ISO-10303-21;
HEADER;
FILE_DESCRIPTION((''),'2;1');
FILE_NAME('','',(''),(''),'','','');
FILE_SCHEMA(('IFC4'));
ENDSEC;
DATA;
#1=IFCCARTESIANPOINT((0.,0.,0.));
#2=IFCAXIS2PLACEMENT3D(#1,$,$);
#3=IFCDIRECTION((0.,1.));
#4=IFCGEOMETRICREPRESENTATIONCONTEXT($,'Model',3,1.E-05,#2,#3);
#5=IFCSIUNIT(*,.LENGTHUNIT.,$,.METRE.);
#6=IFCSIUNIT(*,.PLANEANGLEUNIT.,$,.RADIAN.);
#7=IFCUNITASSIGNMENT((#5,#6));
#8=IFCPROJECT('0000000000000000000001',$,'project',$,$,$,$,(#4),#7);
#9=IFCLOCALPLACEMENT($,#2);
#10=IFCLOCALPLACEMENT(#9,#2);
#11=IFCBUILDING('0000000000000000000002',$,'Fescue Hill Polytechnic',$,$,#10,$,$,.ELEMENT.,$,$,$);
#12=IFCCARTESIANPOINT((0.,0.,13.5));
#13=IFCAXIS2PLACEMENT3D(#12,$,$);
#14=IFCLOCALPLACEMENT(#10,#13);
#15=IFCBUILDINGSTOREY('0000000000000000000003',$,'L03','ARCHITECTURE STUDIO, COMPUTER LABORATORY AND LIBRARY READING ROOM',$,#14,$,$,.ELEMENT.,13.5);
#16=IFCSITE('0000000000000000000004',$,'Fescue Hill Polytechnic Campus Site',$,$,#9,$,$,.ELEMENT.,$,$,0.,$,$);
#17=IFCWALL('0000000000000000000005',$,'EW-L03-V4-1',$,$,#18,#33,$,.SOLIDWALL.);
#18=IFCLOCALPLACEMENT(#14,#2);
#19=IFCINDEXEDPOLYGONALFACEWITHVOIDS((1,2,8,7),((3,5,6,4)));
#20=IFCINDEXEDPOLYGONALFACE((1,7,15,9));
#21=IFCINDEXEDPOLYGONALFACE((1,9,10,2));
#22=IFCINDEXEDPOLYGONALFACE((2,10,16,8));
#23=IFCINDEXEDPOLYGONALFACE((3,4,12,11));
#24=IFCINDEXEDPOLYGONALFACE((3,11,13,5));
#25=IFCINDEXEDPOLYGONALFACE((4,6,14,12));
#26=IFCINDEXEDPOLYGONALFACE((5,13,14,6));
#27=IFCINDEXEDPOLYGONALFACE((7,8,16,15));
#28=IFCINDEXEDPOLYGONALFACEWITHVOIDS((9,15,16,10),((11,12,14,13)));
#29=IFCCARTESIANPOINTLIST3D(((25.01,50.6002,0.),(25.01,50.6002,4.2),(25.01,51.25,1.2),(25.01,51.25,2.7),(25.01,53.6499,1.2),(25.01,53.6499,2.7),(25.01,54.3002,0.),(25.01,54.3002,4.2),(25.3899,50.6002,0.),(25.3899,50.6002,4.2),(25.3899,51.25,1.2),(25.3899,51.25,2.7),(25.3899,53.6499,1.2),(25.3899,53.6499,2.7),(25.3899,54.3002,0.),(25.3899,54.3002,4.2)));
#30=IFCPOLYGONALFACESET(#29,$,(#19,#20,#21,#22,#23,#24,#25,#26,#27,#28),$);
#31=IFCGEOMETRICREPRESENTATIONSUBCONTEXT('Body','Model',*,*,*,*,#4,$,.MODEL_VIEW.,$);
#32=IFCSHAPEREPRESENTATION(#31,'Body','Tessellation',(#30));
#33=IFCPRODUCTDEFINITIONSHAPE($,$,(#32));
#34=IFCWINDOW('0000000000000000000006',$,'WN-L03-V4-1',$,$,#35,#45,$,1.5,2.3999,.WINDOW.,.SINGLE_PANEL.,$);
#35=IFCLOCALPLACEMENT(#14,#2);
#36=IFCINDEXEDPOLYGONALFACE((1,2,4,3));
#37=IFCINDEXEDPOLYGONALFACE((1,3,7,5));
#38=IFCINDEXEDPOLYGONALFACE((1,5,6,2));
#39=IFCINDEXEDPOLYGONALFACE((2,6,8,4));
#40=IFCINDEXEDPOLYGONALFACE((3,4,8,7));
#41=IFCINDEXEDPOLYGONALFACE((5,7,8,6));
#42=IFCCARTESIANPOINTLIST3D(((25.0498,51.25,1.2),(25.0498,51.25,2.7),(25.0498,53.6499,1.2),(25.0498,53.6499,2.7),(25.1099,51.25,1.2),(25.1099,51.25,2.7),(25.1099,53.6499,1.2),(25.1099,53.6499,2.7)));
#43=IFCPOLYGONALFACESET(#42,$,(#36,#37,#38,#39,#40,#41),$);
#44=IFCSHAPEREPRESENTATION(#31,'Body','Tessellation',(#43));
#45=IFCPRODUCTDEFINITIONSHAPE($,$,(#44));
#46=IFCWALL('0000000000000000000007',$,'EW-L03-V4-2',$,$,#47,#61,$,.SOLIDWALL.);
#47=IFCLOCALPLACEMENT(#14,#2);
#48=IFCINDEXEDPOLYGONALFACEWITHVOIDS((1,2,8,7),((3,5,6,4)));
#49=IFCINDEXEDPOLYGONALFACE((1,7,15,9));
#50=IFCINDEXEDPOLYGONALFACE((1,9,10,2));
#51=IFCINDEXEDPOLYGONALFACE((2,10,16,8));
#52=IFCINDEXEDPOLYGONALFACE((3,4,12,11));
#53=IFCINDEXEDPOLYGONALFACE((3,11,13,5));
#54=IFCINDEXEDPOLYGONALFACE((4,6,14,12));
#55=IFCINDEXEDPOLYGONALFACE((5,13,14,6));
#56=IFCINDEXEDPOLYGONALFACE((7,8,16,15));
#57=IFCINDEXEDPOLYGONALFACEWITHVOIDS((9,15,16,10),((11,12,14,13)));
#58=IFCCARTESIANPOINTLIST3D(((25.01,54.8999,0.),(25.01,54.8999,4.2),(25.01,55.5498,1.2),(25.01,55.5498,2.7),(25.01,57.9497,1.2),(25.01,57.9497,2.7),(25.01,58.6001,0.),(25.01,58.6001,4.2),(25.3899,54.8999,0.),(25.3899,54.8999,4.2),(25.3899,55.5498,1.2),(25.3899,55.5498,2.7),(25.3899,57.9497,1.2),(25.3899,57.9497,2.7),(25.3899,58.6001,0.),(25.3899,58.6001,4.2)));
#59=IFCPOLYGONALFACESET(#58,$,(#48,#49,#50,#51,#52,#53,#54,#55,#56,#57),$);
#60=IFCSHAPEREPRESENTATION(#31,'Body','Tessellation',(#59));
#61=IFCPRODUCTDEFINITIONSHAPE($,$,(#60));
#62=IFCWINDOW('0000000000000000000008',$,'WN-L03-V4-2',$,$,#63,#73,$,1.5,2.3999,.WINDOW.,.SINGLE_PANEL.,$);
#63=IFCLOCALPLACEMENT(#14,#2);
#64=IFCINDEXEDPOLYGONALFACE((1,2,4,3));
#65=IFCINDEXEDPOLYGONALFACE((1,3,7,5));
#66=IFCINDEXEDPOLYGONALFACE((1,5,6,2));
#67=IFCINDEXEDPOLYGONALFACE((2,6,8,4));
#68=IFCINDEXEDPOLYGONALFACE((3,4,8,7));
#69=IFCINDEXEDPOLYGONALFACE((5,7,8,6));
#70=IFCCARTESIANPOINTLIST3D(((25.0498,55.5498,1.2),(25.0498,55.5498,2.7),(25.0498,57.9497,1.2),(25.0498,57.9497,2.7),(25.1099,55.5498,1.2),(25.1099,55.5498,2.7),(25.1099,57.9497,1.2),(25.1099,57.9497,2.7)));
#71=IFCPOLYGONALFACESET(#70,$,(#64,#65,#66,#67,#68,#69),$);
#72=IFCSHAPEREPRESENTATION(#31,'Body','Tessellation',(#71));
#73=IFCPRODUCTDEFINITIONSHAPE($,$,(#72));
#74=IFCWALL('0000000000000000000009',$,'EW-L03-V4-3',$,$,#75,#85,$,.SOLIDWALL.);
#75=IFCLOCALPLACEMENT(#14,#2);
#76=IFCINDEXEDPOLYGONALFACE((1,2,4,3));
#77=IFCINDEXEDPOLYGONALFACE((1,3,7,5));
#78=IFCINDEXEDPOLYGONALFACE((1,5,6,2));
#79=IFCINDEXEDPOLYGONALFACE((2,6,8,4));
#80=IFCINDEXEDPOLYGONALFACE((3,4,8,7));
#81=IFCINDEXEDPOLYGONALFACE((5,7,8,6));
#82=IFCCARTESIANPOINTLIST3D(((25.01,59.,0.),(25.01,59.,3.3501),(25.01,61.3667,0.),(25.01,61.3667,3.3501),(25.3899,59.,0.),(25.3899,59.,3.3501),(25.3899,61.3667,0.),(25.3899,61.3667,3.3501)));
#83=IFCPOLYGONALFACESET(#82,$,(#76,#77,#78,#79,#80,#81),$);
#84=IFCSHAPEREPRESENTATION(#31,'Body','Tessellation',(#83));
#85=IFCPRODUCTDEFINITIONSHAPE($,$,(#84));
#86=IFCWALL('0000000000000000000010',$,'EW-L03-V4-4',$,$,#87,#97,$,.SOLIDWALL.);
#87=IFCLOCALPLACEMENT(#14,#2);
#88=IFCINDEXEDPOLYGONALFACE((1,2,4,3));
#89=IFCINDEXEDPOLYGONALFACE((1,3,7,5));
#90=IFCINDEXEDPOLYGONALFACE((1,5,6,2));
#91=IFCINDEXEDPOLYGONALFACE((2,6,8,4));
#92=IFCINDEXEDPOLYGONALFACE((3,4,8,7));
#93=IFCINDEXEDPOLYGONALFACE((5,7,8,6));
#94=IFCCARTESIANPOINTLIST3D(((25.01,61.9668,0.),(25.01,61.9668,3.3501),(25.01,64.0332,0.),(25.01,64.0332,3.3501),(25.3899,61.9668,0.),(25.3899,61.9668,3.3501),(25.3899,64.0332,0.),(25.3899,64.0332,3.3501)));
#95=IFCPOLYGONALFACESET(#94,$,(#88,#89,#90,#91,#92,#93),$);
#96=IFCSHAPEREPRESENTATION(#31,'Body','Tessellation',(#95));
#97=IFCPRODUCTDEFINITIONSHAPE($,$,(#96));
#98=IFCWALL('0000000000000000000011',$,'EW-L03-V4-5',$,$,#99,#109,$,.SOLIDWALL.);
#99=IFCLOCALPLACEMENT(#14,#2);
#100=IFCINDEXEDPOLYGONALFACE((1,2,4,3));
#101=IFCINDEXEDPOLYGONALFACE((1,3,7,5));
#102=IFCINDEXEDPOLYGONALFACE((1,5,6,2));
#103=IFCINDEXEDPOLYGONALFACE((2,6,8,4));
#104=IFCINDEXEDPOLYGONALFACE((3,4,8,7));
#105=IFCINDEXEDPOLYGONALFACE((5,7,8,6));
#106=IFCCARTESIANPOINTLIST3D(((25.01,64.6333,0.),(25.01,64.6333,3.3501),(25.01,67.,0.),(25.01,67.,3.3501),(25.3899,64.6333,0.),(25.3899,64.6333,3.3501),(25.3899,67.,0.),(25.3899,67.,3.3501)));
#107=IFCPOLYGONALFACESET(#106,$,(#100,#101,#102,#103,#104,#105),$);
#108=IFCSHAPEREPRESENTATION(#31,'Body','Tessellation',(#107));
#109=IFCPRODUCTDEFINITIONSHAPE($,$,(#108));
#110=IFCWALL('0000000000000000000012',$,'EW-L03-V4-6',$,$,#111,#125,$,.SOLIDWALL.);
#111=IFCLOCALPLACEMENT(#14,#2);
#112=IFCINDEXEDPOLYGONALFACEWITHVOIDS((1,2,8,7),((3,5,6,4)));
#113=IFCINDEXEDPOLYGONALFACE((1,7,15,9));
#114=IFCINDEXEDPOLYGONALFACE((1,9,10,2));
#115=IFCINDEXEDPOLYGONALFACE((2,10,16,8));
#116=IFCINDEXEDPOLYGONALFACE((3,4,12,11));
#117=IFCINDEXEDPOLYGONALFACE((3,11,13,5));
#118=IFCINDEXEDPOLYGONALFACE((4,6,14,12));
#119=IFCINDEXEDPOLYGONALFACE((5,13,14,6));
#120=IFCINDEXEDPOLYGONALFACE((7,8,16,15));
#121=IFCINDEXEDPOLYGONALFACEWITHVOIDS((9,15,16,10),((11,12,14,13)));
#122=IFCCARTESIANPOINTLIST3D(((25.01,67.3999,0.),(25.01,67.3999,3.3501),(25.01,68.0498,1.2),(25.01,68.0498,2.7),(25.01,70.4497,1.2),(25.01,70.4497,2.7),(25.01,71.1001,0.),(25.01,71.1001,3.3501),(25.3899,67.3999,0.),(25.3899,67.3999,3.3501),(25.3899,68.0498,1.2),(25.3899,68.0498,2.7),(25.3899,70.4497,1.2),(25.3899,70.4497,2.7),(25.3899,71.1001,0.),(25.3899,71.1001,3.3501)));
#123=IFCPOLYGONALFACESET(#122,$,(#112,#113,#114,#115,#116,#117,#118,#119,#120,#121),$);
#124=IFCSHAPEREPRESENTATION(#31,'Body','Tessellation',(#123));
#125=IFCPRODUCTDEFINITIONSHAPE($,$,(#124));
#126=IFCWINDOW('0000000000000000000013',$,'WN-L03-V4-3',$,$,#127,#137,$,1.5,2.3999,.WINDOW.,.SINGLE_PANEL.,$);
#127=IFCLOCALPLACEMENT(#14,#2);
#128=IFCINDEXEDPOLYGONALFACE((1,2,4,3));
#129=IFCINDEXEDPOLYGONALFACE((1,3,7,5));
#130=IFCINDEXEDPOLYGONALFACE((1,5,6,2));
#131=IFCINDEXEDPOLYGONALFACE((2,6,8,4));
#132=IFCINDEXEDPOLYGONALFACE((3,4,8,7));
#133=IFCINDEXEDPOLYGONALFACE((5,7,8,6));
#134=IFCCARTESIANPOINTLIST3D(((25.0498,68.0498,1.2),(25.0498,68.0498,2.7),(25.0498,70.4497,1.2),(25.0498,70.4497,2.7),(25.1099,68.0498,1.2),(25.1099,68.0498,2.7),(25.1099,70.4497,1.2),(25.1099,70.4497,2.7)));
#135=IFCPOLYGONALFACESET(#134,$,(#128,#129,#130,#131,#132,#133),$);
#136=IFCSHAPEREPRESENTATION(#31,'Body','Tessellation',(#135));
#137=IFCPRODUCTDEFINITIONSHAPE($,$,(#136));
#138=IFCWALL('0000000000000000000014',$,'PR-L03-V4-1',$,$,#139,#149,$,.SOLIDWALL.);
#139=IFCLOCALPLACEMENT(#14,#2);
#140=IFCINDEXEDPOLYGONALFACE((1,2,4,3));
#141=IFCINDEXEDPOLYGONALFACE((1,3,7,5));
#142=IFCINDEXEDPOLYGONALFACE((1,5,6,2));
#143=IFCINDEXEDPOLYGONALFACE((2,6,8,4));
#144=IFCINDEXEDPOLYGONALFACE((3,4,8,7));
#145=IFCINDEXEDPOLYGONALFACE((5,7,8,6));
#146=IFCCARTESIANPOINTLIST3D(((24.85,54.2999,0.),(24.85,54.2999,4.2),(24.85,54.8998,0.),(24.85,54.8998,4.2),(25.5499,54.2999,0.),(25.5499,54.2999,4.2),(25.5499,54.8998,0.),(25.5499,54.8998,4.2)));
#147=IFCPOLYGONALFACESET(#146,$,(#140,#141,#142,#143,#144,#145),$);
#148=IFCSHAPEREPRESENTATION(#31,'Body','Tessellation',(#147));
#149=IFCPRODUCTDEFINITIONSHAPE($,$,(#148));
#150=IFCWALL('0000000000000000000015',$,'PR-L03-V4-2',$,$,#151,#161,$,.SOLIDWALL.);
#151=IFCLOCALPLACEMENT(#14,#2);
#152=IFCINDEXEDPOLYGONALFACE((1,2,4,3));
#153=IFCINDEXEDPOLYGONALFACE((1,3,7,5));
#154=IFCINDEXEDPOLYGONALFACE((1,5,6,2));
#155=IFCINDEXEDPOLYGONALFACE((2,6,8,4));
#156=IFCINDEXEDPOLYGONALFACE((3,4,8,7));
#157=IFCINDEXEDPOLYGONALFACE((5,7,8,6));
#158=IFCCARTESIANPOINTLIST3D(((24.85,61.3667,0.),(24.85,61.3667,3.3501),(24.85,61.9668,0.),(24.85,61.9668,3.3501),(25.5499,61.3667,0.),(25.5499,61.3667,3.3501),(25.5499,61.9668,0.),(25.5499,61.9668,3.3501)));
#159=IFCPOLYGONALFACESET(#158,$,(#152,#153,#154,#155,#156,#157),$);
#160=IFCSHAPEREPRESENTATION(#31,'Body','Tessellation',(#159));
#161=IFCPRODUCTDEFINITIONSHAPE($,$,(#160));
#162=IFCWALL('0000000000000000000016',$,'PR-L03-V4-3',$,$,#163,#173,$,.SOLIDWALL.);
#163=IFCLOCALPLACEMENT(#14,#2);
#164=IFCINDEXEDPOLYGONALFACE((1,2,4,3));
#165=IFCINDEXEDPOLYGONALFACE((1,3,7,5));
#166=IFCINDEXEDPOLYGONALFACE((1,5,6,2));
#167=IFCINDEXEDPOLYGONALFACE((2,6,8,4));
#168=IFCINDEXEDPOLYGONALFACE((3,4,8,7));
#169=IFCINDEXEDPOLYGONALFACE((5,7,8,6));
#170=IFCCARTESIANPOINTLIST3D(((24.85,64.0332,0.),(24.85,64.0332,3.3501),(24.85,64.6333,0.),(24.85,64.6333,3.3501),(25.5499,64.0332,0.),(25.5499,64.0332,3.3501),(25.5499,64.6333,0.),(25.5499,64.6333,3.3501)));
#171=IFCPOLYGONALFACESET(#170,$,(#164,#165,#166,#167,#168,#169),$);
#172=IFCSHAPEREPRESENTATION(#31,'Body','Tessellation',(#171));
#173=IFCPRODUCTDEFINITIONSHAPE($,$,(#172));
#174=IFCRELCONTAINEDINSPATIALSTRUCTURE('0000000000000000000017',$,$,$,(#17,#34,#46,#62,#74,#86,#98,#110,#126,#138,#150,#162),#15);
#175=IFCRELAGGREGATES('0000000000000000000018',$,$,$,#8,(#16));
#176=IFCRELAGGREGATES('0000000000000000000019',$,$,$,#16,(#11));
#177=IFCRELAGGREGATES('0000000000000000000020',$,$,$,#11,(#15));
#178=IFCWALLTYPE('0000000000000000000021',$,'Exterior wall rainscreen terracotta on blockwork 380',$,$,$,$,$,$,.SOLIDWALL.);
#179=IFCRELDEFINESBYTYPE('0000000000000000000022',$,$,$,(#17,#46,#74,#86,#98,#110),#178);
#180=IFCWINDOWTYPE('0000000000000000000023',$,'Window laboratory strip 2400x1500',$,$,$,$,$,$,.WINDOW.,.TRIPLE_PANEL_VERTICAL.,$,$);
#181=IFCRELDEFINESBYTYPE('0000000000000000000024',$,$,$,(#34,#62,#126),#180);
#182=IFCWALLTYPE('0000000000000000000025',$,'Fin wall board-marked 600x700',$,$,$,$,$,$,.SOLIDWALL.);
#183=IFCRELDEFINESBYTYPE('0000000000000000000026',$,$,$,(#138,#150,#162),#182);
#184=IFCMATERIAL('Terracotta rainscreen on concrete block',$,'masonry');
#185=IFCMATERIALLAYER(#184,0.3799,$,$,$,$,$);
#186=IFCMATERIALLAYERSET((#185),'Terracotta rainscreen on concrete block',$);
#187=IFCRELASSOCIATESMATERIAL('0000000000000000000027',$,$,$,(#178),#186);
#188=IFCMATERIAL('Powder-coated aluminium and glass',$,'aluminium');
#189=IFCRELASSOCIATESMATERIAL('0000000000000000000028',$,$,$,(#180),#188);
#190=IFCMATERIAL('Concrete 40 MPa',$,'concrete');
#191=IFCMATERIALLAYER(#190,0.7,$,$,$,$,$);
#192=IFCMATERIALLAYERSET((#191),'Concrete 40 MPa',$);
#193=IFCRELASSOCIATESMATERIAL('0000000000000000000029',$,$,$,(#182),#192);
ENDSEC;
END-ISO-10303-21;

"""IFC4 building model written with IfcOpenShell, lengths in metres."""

from ifc_helpers import new_model, si_unit, direction, frame, frame_2d, origin, place, context, subcontext, project, spatial, rectangle, extrude, material, layer, layer_set, type_object, element, fill, save


model = new_model("IFC4")

# Units and contexts
model_context = context("Model", 3, precision=1e-05, world=origin(), true_north=direction((0.0, 1.0)))
body_context = subcontext(model_context, "Body", "Model", "MODEL_VIEW")
ifc_project = project(units=[si_unit("LENGTHUNIT", "METRE"), si_unit("PLANEANGLEUNIT", "RADIAN")], contexts=[model_context])

# Site, building, storey
site_placement = place(None, origin())
site = spatial("IfcSite", under=ifc_project, at=site_placement, Name="Fescue Hill Polytechnic Campus Site", CompositionType="ELEMENT", RefElevation=0.0)
building_placement = place(site_placement, origin())
building = spatial("IfcBuilding", under=site, at=building_placement, Name="Fescue Hill Polytechnic", CompositionType="ELEMENT")
storey_placement = place(building_placement, frame((0.0, 0.0, 13.5)))
storey = spatial("IfcBuildingStorey", under=building, at=storey_placement, Name="L03", Description="ARCHITECTURE STUDIO, COMPUTER LABORATORY AND LIBRARY READING ROOM", CompositionType="ELEMENT", Elevation=13.5)

# Shared definitions
ifc_material_1 = material(Name="Concrete 40 MPa", Category="concrete")

# Walls, openings, windows
ifc_material_2 = material(Name="Terracotta rainscreen on concrete block", Category="masonry")
ifc_layer_1 = layer(ifc_material_2, 0.3799)
ifc_layer_set_1 = layer_set([ifc_layer_1], Name="Terracotta rainscreen on concrete block")
wall_type_1 = type_object("IfcWallType", Name="Exterior wall rainscreen terracotta on blockwork 380", PredefinedType="SOLIDWALL", material=ifc_layer_set_1)
wall_1_placement = place(storey_placement, frame((25.2, 50.6001, 0.0), z_axis=(0.0, 0.0, 1.0), x_axis=(0.0, 1.0, 0.0)))
wall_1 = element("IfcWall", 1, at=wall_1_placement, inside=storey, type_object=wall_type_1, Name="EW-L03-V4-1", PredefinedType="SOLIDWALL", context=body_context, shape_type="SweptSolid", body=[
    extrude(rectangle(XDim=3.7, YDim=0.3799, at=frame_2d((1.8501, 0.0))), origin(), (0.0, 0.0, 1.0), 4.2),
])
opening_1_placement = place(wall_1_placement, frame((0.6499, 0.0, 1.2)))
opening_1 = element("IfcOpeningElement", 2, at=opening_1_placement, cuts=wall_1, PredefinedType="OPENING", context=body_context, shape_type="SweptSolid", body=[
    extrude(rectangle(XDim=2.3999, YDim=1.5, at=frame_2d((1.2, 0.75))), frame((0.0, 0.2, 0.0), z_axis=(0.0, -1.0, 0.0), x_axis=(1.0, 0.0, 0.0)), (0.0, 0.0, 1.0), 0.3999),
])
ifc_material_3 = material(Name="Powder-coated aluminium and glass", Category="aluminium")
window_type = type_object("IfcWindowType", Name="Window laboratory strip 2400x1500", PartitioningType="TRIPLE_PANEL_VERTICAL", PredefinedType="WINDOW", material=ifc_material_3)
window_1_placement = place(opening_1_placement, origin())
window_1 = element("IfcWindow", 3, at=window_1_placement, inside=storey, type_object=window_type, Name="WN-L03-V4-1", OverallHeight=1.5, OverallWidth=2.3999, PartitioningType="SINGLE_PANEL", PredefinedType="WINDOW", context=body_context, shape_type="SweptSolid", body=[
    extrude(rectangle(XDim=2.3999, YDim=1.5, at=frame_2d((1.2, 0.75))), frame((0.0, 0.1501, 0.0), z_axis=(0.0, -1.0, 0.0), x_axis=(1.0, 0.0, 0.0)), (0.0, 0.0, 1.0), 0.0601),
])
fill(opening_1, window_1)
wall_2_placement = place(storey_placement, frame((25.2, 54.8999, 0.0), z_axis=(0.0, 0.0, 1.0), x_axis=(0.0, 1.0, 0.0)))
wall_2 = element("IfcWall", 4, at=wall_2_placement, inside=storey, type_object=wall_type_1, Name="EW-L03-V4-2", PredefinedType="SOLIDWALL", context=body_context, shape_type="SweptSolid", body=[
    extrude(rectangle(XDim=3.7002, YDim=0.3799, at=frame_2d((1.8501, 0.0))), origin(), (0.0, 0.0, 1.0), 4.2),
])
opening_2_placement = place(wall_2_placement, frame((0.6499, 0.0, 1.2)))
opening_2 = element("IfcOpeningElement", 5, at=opening_2_placement, cuts=wall_2, PredefinedType="OPENING", context=body_context, shape_type="SweptSolid", body=[
    extrude(rectangle(XDim=2.3999, YDim=1.5, at=frame_2d((1.2, 0.75))), frame((0.0, 0.2, 0.0), z_axis=(0.0, -1.0, 0.0), x_axis=(1.0, 0.0, 0.0)), (0.0, 0.0, 1.0), 0.3999),
])
window_2_placement = place(opening_2_placement, origin())
window_2 = element("IfcWindow", 6, at=window_2_placement, inside=storey, type_object=window_type, Name="WN-L03-V4-2", OverallHeight=1.5, OverallWidth=2.3999, PartitioningType="SINGLE_PANEL", PredefinedType="WINDOW", context=body_context, shape_type="SweptSolid", body=[
    extrude(rectangle(XDim=2.3999, YDim=1.5, at=frame_2d((1.2, 0.75))), frame((0.0, 0.1501, 0.0), z_axis=(0.0, -1.0, 0.0), x_axis=(1.0, 0.0, 0.0)), (0.0, 0.0, 1.0), 0.0601),
])
fill(opening_2, window_2)

# Walls
wall_3_placement = place(storey_placement, frame((25.2, 59.0, 0.0), z_axis=(0.0, 0.0, 1.0), x_axis=(0.0, 1.0, 0.0)))
element("IfcWall", 7, at=wall_3_placement, inside=storey, type_object=wall_type_1, Name="EW-L03-V4-3", PredefinedType="SOLIDWALL", context=body_context, shape_type="SweptSolid", body=[
    extrude(rectangle(XDim=2.3667, YDim=0.3799, at=frame_2d((1.1833, 0.0))), origin(), (0.0, 0.0, 1.0), 3.3501),
])
wall_4_placement = place(storey_placement, frame((25.2, 61.9668, 0.0), z_axis=(0.0, 0.0, 1.0), x_axis=(0.0, 1.0, 0.0)))
element("IfcWall", 8, at=wall_4_placement, inside=storey, type_object=wall_type_1, Name="EW-L03-V4-4", PredefinedType="SOLIDWALL", context=body_context, shape_type="SweptSolid", body=[
    extrude(rectangle(XDim=2.0664, YDim=0.3799, at=frame_2d((1.0332, 0.0))), origin(), (0.0, 0.0, 1.0), 3.3501),
])
wall_5_placement = place(storey_placement, frame((25.2, 64.6333, 0.0), z_axis=(0.0, 0.0, 1.0), x_axis=(0.0, 1.0, 0.0)))
element("IfcWall", 9, at=wall_5_placement, inside=storey, type_object=wall_type_1, Name="EW-L03-V4-5", PredefinedType="SOLIDWALL", context=body_context, shape_type="SweptSolid", body=[
    extrude(rectangle(XDim=2.3667, YDim=0.3799, at=frame_2d((1.1833, 0.0))), origin(), (0.0, 0.0, 1.0), 3.3501),
])

# Wall, opening, window
wall_6_placement = place(storey_placement, frame((25.2, 67.3999, 0.0), z_axis=(0.0, 0.0, 1.0), x_axis=(0.0, 1.0, 0.0)))
wall_6 = element("IfcWall", 10, at=wall_6_placement, inside=storey, type_object=wall_type_1, Name="EW-L03-V4-6", PredefinedType="SOLIDWALL", context=body_context, shape_type="SweptSolid", body=[
    extrude(rectangle(XDim=3.7002, YDim=0.3799, at=frame_2d((1.8501, 0.0))), origin(), (0.0, 0.0, 1.0), 3.3501),
])
opening_3_placement = place(wall_6_placement, frame((0.6499, 0.0, 1.2)))
opening_3 = element("IfcOpeningElement", 11, at=opening_3_placement, cuts=wall_6, PredefinedType="OPENING", context=body_context, shape_type="SweptSolid", body=[
    extrude(rectangle(XDim=2.3999, YDim=1.5, at=frame_2d((1.2, 0.75))), frame((0.0, 0.2, 0.0), z_axis=(0.0, -1.0, 0.0), x_axis=(1.0, 0.0, 0.0)), (0.0, 0.0, 1.0), 0.3999),
])
window_3_placement = place(opening_3_placement, origin())
window_3 = element("IfcWindow", 12, at=window_3_placement, inside=storey, type_object=window_type, Name="WN-L03-V4-3", OverallHeight=1.5, OverallWidth=2.3999, PartitioningType="SINGLE_PANEL", PredefinedType="WINDOW", context=body_context, shape_type="SweptSolid", body=[
    extrude(rectangle(XDim=2.3999, YDim=1.5, at=frame_2d((1.2, 0.75))), frame((0.0, 0.1501, 0.0), z_axis=(0.0, -1.0, 0.0), x_axis=(1.0, 0.0, 0.0)), (0.0, 0.0, 1.0), 0.0601),
])
fill(opening_3, window_3)

# Walls
ifc_layer_2 = layer(ifc_material_1, 0.7)
ifc_layer_set_2 = layer_set([ifc_layer_2], Name="Concrete 40 MPa")
wall_type_2 = type_object("IfcWallType", Name="Fin wall board-marked 600x700", PredefinedType="SOLIDWALL", material=ifc_layer_set_2)
wall_7_placement = place(storey_placement, frame((25.2, 54.3, 0.0), z_axis=(0.0, 0.0, 1.0), x_axis=(0.0, 1.0, 0.0)))
element("IfcWall", 13, at=wall_7_placement, inside=storey, type_object=wall_type_2, Name="PR-L03-V4-1", PredefinedType="SOLIDWALL", context=body_context, shape_type="SweptSolid", body=[
    extrude(rectangle(XDim=0.5999, YDim=0.7, at=frame_2d((0.2998, 0.0))), origin(), (0.0, 0.0, 1.0), 4.2),
])
for number, where, z_axis, x_axis, name in (
    (14, (25.2, 61.3667, 0.0), (0.0, 0.0, 1.0), (0.0, 1.0, 0.0), "PR-L03-V4-2"),
    (15, (25.2, 64.0332, 0.0), (0.0, 0.0, 1.0), (0.0, 1.0, 0.0), "PR-L03-V4-3"),
):
    element("IfcWall", number, at=place(storey_placement, frame(where, z_axis=z_axis, x_axis=x_axis)), inside=storey, type_object=wall_type_2, Name=name, PredefinedType="SOLIDWALL", context=body_context, shape_type="SweptSolid", body=[
        extrude(rectangle(XDim=0.6001, YDim=0.7, at=frame_2d((0.3, 0.0))), origin(), (0.0, 0.0, 1.0), 3.3501),
    ])

save(model, "model.ifc")
